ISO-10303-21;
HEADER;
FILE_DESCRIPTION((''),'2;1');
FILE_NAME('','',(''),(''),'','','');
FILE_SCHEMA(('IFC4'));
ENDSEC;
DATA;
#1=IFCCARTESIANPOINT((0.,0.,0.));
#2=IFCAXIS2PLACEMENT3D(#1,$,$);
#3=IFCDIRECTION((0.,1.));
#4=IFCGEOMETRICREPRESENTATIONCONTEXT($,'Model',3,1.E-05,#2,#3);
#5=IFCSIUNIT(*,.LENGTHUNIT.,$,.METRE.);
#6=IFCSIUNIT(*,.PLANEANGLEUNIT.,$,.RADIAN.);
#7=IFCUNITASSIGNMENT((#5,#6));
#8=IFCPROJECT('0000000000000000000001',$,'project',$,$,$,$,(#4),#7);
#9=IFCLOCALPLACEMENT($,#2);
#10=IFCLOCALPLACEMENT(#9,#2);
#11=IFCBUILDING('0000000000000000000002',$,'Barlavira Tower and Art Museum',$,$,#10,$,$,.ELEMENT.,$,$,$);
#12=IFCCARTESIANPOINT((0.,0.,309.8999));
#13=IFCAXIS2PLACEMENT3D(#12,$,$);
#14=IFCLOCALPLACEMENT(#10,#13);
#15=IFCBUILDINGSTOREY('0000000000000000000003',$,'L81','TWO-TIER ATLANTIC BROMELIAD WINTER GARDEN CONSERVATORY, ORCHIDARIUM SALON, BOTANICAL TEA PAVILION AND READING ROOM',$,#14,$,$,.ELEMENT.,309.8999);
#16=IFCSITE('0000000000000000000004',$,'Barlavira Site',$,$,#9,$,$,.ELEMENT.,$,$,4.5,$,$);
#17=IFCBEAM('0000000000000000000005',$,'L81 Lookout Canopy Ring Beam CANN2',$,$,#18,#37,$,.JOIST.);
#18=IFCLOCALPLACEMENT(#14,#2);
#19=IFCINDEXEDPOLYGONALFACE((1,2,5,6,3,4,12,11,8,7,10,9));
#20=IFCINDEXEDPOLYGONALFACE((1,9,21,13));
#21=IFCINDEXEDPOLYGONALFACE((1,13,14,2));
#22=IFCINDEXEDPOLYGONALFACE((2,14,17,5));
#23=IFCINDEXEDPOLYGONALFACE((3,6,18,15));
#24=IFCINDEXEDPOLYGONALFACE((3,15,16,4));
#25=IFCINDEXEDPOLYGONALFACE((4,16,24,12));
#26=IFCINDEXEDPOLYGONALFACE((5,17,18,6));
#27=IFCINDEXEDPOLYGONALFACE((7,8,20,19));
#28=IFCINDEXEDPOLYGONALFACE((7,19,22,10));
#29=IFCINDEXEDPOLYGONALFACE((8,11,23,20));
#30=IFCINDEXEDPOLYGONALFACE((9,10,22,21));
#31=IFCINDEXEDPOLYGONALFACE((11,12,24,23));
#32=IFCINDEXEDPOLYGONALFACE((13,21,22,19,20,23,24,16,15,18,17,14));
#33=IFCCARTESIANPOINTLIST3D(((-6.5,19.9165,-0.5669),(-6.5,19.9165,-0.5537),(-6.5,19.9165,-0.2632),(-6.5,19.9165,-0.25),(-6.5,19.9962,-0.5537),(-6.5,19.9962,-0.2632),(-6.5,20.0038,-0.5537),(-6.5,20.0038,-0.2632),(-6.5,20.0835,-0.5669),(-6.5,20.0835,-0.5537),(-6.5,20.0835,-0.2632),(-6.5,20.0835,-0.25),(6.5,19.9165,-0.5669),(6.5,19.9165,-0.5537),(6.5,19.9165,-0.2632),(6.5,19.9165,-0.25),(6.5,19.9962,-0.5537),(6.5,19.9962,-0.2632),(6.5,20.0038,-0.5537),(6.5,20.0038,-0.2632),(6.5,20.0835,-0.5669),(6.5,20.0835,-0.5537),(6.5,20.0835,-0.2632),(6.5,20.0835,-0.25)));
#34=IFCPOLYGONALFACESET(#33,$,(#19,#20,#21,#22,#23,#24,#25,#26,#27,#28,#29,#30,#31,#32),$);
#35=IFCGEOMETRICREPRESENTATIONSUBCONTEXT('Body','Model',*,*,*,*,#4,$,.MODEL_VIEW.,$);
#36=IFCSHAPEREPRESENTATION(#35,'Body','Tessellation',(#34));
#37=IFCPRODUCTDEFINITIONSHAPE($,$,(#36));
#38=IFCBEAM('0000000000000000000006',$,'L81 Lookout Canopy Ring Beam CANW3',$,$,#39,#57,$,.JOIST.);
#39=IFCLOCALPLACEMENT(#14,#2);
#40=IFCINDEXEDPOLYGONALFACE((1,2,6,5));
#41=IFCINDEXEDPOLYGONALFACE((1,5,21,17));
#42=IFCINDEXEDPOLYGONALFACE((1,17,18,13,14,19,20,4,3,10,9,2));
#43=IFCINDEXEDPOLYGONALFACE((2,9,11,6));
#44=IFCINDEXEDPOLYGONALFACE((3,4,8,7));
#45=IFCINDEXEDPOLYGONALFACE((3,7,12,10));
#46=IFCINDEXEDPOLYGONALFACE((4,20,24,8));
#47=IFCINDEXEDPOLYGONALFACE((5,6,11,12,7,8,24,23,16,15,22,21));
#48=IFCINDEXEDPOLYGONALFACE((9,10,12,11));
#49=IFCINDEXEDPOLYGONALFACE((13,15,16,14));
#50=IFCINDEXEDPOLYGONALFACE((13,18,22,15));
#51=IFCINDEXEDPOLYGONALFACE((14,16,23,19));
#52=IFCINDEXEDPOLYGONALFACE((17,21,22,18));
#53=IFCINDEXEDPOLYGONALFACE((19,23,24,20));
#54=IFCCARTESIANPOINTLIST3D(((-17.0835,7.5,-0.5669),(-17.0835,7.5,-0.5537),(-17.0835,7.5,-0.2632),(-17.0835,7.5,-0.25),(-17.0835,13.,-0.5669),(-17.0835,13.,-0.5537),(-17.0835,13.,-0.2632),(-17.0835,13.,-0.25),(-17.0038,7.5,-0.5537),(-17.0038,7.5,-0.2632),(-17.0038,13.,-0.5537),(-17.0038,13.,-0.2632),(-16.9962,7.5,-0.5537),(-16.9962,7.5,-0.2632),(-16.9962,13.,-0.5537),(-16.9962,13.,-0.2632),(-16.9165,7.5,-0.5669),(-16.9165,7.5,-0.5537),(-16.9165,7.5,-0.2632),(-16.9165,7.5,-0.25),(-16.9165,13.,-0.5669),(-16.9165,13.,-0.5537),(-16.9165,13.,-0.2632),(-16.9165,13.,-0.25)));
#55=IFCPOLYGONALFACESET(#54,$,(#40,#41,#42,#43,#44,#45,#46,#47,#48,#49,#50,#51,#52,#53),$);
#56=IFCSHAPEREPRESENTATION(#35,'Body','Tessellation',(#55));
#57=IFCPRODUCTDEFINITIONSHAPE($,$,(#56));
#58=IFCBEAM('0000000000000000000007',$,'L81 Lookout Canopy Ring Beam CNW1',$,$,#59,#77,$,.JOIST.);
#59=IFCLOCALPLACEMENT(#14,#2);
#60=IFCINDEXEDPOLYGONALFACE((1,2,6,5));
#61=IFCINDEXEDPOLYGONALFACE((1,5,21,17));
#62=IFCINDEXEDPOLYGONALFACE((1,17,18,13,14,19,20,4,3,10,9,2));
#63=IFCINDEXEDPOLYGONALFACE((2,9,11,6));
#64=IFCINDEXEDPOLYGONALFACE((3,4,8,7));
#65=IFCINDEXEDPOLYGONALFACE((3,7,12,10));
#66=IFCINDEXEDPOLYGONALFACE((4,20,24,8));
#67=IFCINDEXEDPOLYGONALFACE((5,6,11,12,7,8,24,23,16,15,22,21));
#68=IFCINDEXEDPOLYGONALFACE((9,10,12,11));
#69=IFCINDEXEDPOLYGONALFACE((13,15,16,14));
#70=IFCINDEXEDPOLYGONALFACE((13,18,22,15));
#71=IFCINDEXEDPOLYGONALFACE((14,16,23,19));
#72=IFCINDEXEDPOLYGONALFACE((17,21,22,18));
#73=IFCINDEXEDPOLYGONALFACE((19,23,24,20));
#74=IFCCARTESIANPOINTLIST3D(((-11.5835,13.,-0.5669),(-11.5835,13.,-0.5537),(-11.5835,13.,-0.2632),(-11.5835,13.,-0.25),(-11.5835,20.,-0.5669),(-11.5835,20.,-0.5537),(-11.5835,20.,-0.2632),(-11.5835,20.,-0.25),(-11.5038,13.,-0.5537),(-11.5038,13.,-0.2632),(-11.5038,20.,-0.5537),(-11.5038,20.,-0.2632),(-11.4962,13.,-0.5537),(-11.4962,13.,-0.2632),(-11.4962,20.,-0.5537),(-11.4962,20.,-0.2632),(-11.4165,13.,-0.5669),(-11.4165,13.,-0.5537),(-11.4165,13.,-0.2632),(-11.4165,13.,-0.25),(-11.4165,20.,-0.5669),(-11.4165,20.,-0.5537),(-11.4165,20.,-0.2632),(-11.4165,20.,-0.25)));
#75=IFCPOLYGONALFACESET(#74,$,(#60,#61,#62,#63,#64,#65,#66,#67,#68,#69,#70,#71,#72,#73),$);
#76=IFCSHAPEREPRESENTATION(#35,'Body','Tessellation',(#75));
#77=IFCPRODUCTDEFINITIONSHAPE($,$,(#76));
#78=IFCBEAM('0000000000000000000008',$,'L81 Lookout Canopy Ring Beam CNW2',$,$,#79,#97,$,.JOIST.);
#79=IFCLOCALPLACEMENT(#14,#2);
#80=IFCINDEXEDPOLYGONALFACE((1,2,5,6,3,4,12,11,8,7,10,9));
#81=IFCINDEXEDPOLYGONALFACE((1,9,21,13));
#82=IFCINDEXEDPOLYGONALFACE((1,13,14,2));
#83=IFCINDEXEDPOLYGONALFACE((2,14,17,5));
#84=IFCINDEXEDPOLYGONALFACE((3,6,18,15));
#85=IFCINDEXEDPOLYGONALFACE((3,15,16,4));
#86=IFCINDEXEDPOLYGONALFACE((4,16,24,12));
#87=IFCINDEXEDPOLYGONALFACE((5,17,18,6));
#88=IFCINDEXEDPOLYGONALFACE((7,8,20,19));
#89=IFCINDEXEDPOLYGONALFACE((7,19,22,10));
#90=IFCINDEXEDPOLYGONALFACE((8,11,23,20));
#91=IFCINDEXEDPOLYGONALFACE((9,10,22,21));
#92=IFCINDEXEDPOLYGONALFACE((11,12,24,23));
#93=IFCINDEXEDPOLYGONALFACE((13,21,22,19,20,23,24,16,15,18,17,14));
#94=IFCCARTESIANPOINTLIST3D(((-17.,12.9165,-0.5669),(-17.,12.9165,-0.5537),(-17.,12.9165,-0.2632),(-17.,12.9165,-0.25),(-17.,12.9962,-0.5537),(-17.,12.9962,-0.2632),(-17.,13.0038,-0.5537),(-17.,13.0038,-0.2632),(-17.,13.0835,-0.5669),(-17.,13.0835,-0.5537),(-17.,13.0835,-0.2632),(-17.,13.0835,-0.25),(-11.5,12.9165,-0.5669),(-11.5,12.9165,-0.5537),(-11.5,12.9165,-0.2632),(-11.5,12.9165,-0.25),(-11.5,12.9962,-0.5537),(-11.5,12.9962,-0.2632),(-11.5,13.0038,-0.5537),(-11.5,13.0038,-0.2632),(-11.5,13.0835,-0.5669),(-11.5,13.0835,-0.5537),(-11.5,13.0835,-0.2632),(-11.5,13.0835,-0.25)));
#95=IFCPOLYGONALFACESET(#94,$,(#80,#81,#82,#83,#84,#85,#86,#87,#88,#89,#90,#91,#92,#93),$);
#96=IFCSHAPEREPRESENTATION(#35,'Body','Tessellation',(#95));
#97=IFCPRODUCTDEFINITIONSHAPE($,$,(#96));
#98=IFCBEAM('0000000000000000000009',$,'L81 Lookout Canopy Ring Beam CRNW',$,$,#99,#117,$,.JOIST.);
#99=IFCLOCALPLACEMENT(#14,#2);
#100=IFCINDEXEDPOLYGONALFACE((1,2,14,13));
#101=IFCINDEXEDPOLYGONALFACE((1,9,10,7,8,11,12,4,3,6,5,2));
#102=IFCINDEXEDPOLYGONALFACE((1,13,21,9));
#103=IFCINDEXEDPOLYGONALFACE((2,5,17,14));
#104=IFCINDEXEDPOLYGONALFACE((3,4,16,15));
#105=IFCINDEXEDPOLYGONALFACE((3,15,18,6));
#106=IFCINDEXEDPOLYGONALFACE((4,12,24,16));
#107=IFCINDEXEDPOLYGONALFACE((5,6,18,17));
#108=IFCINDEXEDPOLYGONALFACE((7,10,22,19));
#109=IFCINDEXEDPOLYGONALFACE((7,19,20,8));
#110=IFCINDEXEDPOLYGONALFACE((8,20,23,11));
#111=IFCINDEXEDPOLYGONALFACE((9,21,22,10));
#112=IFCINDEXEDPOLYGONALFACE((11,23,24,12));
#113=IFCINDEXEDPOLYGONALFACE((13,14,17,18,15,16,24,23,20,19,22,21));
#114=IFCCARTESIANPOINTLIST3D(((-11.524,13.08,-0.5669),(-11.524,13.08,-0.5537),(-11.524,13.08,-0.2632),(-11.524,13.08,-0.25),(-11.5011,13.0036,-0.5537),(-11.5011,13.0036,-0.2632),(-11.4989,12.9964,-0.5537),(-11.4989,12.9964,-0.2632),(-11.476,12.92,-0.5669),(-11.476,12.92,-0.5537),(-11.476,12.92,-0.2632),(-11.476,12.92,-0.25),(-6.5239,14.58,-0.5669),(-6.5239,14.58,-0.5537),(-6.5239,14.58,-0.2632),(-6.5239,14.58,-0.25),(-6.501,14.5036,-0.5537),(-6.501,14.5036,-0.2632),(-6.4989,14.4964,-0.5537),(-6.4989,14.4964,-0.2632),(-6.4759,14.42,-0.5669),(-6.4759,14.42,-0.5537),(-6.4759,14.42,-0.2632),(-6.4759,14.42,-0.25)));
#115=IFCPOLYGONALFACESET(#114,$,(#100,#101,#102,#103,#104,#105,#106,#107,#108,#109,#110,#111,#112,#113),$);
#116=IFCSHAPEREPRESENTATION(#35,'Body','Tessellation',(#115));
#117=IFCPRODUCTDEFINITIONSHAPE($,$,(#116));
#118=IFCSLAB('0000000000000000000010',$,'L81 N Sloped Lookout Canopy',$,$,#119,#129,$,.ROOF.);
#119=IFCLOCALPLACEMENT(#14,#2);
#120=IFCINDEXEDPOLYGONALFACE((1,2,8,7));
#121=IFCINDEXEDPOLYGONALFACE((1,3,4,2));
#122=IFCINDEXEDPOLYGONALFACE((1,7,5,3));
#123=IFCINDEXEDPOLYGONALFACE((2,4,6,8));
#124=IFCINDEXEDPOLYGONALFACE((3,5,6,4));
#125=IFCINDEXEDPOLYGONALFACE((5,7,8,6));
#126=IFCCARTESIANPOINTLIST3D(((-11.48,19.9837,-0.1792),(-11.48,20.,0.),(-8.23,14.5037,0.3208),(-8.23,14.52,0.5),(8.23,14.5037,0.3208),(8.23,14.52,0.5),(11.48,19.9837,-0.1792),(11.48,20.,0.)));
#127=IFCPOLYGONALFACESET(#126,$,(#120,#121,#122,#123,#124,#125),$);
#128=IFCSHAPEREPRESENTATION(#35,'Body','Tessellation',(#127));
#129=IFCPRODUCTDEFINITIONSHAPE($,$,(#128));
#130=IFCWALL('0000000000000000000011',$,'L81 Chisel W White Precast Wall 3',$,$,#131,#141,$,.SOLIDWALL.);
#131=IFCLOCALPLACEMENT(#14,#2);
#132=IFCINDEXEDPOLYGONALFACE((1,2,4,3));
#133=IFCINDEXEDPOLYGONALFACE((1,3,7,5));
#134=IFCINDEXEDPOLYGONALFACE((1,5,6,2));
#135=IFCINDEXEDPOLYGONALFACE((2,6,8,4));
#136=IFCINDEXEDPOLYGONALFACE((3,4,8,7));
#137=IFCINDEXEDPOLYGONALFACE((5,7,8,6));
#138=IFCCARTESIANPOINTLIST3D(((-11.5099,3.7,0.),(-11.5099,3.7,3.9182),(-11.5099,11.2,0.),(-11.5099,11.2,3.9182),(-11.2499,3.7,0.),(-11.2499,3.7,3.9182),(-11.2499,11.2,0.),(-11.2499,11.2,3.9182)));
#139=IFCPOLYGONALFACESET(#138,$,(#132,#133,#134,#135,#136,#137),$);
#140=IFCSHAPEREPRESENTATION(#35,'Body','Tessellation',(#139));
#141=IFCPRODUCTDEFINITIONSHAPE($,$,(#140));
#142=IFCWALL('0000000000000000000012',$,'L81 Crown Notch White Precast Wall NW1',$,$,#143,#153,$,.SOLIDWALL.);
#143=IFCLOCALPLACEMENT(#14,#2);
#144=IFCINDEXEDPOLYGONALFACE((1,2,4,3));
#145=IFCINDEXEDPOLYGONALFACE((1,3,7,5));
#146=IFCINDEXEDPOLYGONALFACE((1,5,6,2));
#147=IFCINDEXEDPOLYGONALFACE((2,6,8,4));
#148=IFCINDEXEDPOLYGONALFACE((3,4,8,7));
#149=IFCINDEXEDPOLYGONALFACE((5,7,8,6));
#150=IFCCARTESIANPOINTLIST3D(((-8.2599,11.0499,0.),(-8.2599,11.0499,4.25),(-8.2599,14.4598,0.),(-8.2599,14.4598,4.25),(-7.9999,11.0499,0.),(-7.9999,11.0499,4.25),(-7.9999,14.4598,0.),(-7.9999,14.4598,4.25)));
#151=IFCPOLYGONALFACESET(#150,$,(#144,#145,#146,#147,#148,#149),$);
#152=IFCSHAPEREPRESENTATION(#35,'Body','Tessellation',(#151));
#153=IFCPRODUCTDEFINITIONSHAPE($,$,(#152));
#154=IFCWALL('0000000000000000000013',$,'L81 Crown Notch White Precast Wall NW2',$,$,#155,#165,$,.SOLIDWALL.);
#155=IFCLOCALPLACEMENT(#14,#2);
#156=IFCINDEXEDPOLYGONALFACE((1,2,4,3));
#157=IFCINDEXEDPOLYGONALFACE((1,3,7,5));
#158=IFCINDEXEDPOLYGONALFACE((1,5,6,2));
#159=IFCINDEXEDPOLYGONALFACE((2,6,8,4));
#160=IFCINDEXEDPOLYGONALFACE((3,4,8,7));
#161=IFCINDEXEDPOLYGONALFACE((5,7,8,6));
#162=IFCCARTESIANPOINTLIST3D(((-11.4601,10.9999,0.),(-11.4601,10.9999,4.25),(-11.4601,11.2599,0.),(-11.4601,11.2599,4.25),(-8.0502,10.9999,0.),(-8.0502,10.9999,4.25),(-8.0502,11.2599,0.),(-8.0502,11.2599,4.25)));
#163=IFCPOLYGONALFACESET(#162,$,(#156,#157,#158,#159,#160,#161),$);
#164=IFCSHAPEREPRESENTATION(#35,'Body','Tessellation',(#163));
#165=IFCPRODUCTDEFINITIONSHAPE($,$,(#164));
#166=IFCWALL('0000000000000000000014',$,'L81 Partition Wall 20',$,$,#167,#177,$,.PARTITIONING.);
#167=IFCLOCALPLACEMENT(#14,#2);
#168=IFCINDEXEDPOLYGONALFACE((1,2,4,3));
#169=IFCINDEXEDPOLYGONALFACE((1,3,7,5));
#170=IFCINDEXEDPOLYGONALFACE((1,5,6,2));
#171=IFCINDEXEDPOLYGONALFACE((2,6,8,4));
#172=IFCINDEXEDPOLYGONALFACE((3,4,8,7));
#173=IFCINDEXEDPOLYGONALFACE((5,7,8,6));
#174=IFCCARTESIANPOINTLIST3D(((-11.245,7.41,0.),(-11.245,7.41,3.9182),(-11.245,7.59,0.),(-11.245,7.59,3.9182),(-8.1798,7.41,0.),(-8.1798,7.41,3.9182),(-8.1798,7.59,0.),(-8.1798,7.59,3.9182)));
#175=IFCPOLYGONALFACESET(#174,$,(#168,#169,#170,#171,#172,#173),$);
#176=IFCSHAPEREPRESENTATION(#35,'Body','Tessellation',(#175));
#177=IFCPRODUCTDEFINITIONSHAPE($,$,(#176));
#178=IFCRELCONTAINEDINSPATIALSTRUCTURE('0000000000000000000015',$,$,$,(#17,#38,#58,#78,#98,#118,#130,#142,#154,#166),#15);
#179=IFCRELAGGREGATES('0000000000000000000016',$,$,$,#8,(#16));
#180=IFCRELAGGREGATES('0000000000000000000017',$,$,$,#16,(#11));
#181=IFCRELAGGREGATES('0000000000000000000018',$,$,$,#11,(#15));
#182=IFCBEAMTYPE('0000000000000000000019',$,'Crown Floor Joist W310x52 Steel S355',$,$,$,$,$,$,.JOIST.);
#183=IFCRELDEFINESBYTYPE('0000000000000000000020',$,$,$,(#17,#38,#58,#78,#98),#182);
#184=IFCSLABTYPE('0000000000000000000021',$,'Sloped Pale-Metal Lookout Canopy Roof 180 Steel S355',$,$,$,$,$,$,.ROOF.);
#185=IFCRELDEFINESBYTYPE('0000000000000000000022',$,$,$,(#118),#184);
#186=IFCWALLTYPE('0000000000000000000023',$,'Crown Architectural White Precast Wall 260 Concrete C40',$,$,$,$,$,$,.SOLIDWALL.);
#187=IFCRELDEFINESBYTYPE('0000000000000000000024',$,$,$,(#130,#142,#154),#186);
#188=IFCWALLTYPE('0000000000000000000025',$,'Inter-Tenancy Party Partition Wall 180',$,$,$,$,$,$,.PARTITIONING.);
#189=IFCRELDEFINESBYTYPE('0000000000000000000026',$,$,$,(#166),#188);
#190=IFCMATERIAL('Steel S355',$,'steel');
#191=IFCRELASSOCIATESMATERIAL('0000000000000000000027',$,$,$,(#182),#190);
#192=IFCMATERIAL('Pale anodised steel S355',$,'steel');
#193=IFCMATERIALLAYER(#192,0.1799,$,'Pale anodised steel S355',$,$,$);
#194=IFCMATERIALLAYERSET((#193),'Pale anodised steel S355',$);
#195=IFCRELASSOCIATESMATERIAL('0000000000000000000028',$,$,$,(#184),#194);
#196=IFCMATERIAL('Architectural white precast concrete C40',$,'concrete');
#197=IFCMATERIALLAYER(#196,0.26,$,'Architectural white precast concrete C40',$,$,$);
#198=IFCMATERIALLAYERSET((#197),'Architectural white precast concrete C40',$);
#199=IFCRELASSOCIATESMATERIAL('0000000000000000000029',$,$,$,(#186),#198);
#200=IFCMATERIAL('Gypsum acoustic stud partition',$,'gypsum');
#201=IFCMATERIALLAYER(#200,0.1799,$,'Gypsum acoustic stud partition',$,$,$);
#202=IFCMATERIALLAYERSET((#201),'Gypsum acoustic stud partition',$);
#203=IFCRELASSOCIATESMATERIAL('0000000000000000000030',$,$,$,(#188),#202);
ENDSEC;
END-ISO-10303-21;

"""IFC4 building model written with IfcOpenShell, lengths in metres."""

from ifc_helpers import new_model, si_unit, direction, frame, frame_2d, origin, origin_2d, place, context, subcontext, project, spatial, polyline, rectangle, i_section, outline, extrude, material, layer, layer_set, material_profile, profile_set, type_object, element, save


model = new_model("IFC4")

# Units and contexts
model_context = context("Model", 3, precision=1e-05, world=origin(), true_north=direction((0.0, 1.0)))
body_context = subcontext(model_context, "Body", "Model", "MODEL_VIEW")
ifc_project = project(units=[si_unit("LENGTHUNIT", "METRE"), si_unit("PLANEANGLEUNIT", "RADIAN")], contexts=[model_context])

# Site, building, storey
site_placement = place(None, origin())
site = spatial("IfcSite", under=ifc_project, at=site_placement, Name="Barlavira Site", CompositionType="ELEMENT", RefElevation=4.5)
building_placement = place(site_placement, origin())
building = spatial("IfcBuilding", under=site, at=building_placement, Name="Barlavira Tower and Art Museum", CompositionType="ELEMENT")
storey_placement = place(building_placement, frame((0.0, 0.0, 309.8999)))
storey = spatial("IfcBuildingStorey", under=building, at=storey_placement, Name="L81", Description="TWO-TIER ATLANTIC BROMELIAD WINTER GARDEN CONSERVATORY, ORCHIDARIUM SALON, BOTANICAL TEA PAVILION AND READING ROOM", CompositionType="ELEMENT", Elevation=309.8999)

# Shared definitions
ifc_material_1 = material(Name="Steel S355", Category="steel")

# Beams
ifc_material_profile_1 = material_profile(ifc_material_1, i_section(OverallWidth=0.167, OverallDepth=0.3169, WebThickness=0.0076, FlangeThickness=0.0132, at=origin_2d()), Name="W310x52.0")
ifc_profile_set_1 = profile_set([ifc_material_profile_1], Name="Steel S355")
beam_type = type_object("IfcBeamType", Name="Crown Floor Joist W310x52 Steel S355", PredefinedType="JOIST", material=ifc_profile_set_1)
beam_1_placement = place(storey_placement, frame((-6.5, 20.0, -0.4084), z_axis=(1.0, 0.0, 0.0), x_axis=(0.0, 1.0, 0.0)))
element("IfcBeam", 1, at=beam_1_placement, inside=storey, type_object=beam_type, Name="L81 Lookout Canopy Ring Beam CANN2", PredefinedType="JOIST", context=body_context, shape_type="SweptSolid", body=[
    extrude(i_section(OverallWidth=0.167, OverallDepth=0.3169, WebThickness=0.0076, FlangeThickness=0.0132, at=origin_2d()), origin(), (0.0, 0.0, 1.0), 13.0),
])
beam_2_placement = place(storey_placement, frame((-17.0, 7.5, -0.4084), z_axis=(0.0, 1.0, 0.0), x_axis=(-1.0, 0.0, 0.0)))
element("IfcBeam", 2, at=beam_2_placement, inside=storey, type_object=beam_type, Name="L81 Lookout Canopy Ring Beam CANW3", PredefinedType="JOIST", context=body_context, shape_type="SweptSolid", body=[
    extrude(i_section(OverallWidth=0.167, OverallDepth=0.3169, WebThickness=0.0076, FlangeThickness=0.0132, at=origin_2d()), origin(), (0.0, 0.0, 1.0), 5.5),
])
beam_3_placement = place(storey_placement, frame((-11.5, 13.0, -0.4084), z_axis=(0.0, 1.0, 0.0), x_axis=(-1.0, 0.0, 0.0)))
element("IfcBeam", 3, at=beam_3_placement, inside=storey, type_object=beam_type, Name="L81 Lookout Canopy Ring Beam CNW1", PredefinedType="JOIST", context=body_context, shape_type="SweptSolid", body=[
    extrude(i_section(OverallWidth=0.167, OverallDepth=0.3169, WebThickness=0.0076, FlangeThickness=0.0132, at=origin_2d()), origin(), (0.0, 0.0, 1.0), 7.0),
])
beam_4_placement = place(storey_placement, frame((-17.0, 13.0, -0.4084), z_axis=(1.0, 0.0, 0.0), x_axis=(0.0, 1.0, 0.0)))
element("IfcBeam", 4, at=beam_4_placement, inside=storey, type_object=beam_type, Name="L81 Lookout Canopy Ring Beam CNW2", PredefinedType="JOIST", context=body_context, shape_type="SweptSolid", body=[
    extrude(i_section(OverallWidth=0.167, OverallDepth=0.3169, WebThickness=0.0076, FlangeThickness=0.0132, at=origin_2d()), origin(), (0.0, 0.0, 1.0), 5.5),
])
beam_5_placement = place(storey_placement, frame((-11.5, 13.0, -0.4084), z_axis=(0.957826, 0.287348, 0.0), x_axis=(-0.287348, 0.957826, 0.0)))
element("IfcBeam", 5, at=beam_5_placement, inside=storey, type_object=beam_type, Name="L81 Lookout Canopy Ring Beam CRNW", PredefinedType="JOIST", context=body_context, shape_type="SweptSolid", body=[
    extrude(i_section(OverallWidth=0.167, OverallDepth=0.3169, WebThickness=0.0076, FlangeThickness=0.0132, at=origin_2d()), origin(), (0.0, 0.0, 1.0), 5.2202),
])

# Slab
ifc_material_2 = material(Name="Pale anodised steel S355", Category="steel")
ifc_layer_1 = layer(ifc_material_2, 0.1799, Name="Pale anodised steel S355")
ifc_layer_set_1 = layer_set([ifc_layer_1], Name="Pale anodised steel S355")
slab_type = type_object("IfcSlabType", Name="Sloped Pale-Metal Lookout Canopy Roof 180 Steel S355", PredefinedType="ROOF", material=ifc_layer_set_1)
slab_placement = place(storey_placement, frame((-11.48, 20.0, 0.0), z_axis=(0.0, 0.090864, 0.995863), x_axis=(1.0, 0.0, 0.0)))
element("IfcSlab", 6, at=slab_placement, inside=storey, type_object=slab_type, Name="L81 N Sloped Lookout Canopy", PredefinedType="ROOF", context=body_context, shape_type="SweptSolid", body=[
    extrude(outline(polyline([(0.0, 0.0), (22.96, 0.0), (19.71, -5.5027), (3.25, -5.5027), (0.0, 0.0)])), origin(), (0.0, 0.0, -1.0), 0.1799),
])

# Walls
ifc_material_3 = material(Name="Architectural white precast concrete C40", Category="concrete")
ifc_layer_2 = layer(ifc_material_3, 0.26, Name="Architectural white precast concrete C40")
ifc_layer_set_2 = layer_set([ifc_layer_2], Name="Architectural white precast concrete C40")
wall_type_1 = type_object("IfcWallType", Name="Crown Architectural White Precast Wall 260 Concrete C40", PredefinedType="SOLIDWALL", material=ifc_layer_set_2)
wall_1_placement = place(storey_placement, frame((-11.3799, 11.2, 0.0), z_axis=(0.0, 0.0, 1.0), x_axis=(0.0, -1.0, 0.0)))
element("IfcWall", 7, at=wall_1_placement, inside=storey, type_object=wall_type_1, Name="L81 Chisel W White Precast Wall 3", PredefinedType="SOLIDWALL", context=body_context, shape_type="SweptSolid", body=[
    extrude(rectangle(XDim=7.5, YDim=0.26, at=frame_2d((3.75, 0.0))), origin(), (0.0, 0.0, 1.0), 3.9182),
])
for number, where, z_axis, x_axis, name in (
    (8, (-8.1299, 14.46, 0.0), (0.0, 0.0, 1.0), (0.0, -1.0, 0.0), "L81 Crown Notch White Precast Wall NW1"),
    (9, (-8.05, 11.1299, 0.0), (0.0, 0.0, 1.0), (-1.0, 0.0, 0.0), "L81 Crown Notch White Precast Wall NW2"),
):
    element("IfcWall", number, at=place(storey_placement, frame(where, z_axis=z_axis, x_axis=x_axis)), inside=storey, type_object=wall_type_1, Name=name, PredefinedType="SOLIDWALL", context=body_context, shape_type="SweptSolid", body=[
        extrude(rectangle(XDim=3.4099, YDim=0.26, at=frame_2d((1.7051, 0.0))), origin(), (0.0, 0.0, 1.0), 4.25),
    ])
ifc_material_4 = material(Name="Gypsum acoustic stud partition", Category="gypsum")
ifc_layer_3 = layer(ifc_material_4, 0.1799, Name="Gypsum acoustic stud partition")
ifc_layer_set_3 = layer_set([ifc_layer_3], Name="Gypsum acoustic stud partition")
wall_type_2 = type_object("IfcWallType", Name="Inter-Tenancy Party Partition Wall 180", PredefinedType="PARTITIONING", material=ifc_layer_set_3)
wall_2_placement = place(storey_placement, frame((-11.2451, 7.5, 0.0), z_axis=(0.0, 0.0, 1.0), x_axis=(1.0, 0.0, 0.0)))
element("IfcWall", 10, at=wall_2_placement, inside=storey, type_object=wall_type_2, Name="L81 Partition Wall 20", PredefinedType="PARTITIONING", context=body_context, shape_type="SweptSolid", body=[
    extrude(rectangle(XDim=3.0652, YDim=0.1799, at=frame_2d((1.5327, 0.0))), origin(), (0.0, 0.0, 1.0), 3.9182),
])

save(model, "model.ifc")
